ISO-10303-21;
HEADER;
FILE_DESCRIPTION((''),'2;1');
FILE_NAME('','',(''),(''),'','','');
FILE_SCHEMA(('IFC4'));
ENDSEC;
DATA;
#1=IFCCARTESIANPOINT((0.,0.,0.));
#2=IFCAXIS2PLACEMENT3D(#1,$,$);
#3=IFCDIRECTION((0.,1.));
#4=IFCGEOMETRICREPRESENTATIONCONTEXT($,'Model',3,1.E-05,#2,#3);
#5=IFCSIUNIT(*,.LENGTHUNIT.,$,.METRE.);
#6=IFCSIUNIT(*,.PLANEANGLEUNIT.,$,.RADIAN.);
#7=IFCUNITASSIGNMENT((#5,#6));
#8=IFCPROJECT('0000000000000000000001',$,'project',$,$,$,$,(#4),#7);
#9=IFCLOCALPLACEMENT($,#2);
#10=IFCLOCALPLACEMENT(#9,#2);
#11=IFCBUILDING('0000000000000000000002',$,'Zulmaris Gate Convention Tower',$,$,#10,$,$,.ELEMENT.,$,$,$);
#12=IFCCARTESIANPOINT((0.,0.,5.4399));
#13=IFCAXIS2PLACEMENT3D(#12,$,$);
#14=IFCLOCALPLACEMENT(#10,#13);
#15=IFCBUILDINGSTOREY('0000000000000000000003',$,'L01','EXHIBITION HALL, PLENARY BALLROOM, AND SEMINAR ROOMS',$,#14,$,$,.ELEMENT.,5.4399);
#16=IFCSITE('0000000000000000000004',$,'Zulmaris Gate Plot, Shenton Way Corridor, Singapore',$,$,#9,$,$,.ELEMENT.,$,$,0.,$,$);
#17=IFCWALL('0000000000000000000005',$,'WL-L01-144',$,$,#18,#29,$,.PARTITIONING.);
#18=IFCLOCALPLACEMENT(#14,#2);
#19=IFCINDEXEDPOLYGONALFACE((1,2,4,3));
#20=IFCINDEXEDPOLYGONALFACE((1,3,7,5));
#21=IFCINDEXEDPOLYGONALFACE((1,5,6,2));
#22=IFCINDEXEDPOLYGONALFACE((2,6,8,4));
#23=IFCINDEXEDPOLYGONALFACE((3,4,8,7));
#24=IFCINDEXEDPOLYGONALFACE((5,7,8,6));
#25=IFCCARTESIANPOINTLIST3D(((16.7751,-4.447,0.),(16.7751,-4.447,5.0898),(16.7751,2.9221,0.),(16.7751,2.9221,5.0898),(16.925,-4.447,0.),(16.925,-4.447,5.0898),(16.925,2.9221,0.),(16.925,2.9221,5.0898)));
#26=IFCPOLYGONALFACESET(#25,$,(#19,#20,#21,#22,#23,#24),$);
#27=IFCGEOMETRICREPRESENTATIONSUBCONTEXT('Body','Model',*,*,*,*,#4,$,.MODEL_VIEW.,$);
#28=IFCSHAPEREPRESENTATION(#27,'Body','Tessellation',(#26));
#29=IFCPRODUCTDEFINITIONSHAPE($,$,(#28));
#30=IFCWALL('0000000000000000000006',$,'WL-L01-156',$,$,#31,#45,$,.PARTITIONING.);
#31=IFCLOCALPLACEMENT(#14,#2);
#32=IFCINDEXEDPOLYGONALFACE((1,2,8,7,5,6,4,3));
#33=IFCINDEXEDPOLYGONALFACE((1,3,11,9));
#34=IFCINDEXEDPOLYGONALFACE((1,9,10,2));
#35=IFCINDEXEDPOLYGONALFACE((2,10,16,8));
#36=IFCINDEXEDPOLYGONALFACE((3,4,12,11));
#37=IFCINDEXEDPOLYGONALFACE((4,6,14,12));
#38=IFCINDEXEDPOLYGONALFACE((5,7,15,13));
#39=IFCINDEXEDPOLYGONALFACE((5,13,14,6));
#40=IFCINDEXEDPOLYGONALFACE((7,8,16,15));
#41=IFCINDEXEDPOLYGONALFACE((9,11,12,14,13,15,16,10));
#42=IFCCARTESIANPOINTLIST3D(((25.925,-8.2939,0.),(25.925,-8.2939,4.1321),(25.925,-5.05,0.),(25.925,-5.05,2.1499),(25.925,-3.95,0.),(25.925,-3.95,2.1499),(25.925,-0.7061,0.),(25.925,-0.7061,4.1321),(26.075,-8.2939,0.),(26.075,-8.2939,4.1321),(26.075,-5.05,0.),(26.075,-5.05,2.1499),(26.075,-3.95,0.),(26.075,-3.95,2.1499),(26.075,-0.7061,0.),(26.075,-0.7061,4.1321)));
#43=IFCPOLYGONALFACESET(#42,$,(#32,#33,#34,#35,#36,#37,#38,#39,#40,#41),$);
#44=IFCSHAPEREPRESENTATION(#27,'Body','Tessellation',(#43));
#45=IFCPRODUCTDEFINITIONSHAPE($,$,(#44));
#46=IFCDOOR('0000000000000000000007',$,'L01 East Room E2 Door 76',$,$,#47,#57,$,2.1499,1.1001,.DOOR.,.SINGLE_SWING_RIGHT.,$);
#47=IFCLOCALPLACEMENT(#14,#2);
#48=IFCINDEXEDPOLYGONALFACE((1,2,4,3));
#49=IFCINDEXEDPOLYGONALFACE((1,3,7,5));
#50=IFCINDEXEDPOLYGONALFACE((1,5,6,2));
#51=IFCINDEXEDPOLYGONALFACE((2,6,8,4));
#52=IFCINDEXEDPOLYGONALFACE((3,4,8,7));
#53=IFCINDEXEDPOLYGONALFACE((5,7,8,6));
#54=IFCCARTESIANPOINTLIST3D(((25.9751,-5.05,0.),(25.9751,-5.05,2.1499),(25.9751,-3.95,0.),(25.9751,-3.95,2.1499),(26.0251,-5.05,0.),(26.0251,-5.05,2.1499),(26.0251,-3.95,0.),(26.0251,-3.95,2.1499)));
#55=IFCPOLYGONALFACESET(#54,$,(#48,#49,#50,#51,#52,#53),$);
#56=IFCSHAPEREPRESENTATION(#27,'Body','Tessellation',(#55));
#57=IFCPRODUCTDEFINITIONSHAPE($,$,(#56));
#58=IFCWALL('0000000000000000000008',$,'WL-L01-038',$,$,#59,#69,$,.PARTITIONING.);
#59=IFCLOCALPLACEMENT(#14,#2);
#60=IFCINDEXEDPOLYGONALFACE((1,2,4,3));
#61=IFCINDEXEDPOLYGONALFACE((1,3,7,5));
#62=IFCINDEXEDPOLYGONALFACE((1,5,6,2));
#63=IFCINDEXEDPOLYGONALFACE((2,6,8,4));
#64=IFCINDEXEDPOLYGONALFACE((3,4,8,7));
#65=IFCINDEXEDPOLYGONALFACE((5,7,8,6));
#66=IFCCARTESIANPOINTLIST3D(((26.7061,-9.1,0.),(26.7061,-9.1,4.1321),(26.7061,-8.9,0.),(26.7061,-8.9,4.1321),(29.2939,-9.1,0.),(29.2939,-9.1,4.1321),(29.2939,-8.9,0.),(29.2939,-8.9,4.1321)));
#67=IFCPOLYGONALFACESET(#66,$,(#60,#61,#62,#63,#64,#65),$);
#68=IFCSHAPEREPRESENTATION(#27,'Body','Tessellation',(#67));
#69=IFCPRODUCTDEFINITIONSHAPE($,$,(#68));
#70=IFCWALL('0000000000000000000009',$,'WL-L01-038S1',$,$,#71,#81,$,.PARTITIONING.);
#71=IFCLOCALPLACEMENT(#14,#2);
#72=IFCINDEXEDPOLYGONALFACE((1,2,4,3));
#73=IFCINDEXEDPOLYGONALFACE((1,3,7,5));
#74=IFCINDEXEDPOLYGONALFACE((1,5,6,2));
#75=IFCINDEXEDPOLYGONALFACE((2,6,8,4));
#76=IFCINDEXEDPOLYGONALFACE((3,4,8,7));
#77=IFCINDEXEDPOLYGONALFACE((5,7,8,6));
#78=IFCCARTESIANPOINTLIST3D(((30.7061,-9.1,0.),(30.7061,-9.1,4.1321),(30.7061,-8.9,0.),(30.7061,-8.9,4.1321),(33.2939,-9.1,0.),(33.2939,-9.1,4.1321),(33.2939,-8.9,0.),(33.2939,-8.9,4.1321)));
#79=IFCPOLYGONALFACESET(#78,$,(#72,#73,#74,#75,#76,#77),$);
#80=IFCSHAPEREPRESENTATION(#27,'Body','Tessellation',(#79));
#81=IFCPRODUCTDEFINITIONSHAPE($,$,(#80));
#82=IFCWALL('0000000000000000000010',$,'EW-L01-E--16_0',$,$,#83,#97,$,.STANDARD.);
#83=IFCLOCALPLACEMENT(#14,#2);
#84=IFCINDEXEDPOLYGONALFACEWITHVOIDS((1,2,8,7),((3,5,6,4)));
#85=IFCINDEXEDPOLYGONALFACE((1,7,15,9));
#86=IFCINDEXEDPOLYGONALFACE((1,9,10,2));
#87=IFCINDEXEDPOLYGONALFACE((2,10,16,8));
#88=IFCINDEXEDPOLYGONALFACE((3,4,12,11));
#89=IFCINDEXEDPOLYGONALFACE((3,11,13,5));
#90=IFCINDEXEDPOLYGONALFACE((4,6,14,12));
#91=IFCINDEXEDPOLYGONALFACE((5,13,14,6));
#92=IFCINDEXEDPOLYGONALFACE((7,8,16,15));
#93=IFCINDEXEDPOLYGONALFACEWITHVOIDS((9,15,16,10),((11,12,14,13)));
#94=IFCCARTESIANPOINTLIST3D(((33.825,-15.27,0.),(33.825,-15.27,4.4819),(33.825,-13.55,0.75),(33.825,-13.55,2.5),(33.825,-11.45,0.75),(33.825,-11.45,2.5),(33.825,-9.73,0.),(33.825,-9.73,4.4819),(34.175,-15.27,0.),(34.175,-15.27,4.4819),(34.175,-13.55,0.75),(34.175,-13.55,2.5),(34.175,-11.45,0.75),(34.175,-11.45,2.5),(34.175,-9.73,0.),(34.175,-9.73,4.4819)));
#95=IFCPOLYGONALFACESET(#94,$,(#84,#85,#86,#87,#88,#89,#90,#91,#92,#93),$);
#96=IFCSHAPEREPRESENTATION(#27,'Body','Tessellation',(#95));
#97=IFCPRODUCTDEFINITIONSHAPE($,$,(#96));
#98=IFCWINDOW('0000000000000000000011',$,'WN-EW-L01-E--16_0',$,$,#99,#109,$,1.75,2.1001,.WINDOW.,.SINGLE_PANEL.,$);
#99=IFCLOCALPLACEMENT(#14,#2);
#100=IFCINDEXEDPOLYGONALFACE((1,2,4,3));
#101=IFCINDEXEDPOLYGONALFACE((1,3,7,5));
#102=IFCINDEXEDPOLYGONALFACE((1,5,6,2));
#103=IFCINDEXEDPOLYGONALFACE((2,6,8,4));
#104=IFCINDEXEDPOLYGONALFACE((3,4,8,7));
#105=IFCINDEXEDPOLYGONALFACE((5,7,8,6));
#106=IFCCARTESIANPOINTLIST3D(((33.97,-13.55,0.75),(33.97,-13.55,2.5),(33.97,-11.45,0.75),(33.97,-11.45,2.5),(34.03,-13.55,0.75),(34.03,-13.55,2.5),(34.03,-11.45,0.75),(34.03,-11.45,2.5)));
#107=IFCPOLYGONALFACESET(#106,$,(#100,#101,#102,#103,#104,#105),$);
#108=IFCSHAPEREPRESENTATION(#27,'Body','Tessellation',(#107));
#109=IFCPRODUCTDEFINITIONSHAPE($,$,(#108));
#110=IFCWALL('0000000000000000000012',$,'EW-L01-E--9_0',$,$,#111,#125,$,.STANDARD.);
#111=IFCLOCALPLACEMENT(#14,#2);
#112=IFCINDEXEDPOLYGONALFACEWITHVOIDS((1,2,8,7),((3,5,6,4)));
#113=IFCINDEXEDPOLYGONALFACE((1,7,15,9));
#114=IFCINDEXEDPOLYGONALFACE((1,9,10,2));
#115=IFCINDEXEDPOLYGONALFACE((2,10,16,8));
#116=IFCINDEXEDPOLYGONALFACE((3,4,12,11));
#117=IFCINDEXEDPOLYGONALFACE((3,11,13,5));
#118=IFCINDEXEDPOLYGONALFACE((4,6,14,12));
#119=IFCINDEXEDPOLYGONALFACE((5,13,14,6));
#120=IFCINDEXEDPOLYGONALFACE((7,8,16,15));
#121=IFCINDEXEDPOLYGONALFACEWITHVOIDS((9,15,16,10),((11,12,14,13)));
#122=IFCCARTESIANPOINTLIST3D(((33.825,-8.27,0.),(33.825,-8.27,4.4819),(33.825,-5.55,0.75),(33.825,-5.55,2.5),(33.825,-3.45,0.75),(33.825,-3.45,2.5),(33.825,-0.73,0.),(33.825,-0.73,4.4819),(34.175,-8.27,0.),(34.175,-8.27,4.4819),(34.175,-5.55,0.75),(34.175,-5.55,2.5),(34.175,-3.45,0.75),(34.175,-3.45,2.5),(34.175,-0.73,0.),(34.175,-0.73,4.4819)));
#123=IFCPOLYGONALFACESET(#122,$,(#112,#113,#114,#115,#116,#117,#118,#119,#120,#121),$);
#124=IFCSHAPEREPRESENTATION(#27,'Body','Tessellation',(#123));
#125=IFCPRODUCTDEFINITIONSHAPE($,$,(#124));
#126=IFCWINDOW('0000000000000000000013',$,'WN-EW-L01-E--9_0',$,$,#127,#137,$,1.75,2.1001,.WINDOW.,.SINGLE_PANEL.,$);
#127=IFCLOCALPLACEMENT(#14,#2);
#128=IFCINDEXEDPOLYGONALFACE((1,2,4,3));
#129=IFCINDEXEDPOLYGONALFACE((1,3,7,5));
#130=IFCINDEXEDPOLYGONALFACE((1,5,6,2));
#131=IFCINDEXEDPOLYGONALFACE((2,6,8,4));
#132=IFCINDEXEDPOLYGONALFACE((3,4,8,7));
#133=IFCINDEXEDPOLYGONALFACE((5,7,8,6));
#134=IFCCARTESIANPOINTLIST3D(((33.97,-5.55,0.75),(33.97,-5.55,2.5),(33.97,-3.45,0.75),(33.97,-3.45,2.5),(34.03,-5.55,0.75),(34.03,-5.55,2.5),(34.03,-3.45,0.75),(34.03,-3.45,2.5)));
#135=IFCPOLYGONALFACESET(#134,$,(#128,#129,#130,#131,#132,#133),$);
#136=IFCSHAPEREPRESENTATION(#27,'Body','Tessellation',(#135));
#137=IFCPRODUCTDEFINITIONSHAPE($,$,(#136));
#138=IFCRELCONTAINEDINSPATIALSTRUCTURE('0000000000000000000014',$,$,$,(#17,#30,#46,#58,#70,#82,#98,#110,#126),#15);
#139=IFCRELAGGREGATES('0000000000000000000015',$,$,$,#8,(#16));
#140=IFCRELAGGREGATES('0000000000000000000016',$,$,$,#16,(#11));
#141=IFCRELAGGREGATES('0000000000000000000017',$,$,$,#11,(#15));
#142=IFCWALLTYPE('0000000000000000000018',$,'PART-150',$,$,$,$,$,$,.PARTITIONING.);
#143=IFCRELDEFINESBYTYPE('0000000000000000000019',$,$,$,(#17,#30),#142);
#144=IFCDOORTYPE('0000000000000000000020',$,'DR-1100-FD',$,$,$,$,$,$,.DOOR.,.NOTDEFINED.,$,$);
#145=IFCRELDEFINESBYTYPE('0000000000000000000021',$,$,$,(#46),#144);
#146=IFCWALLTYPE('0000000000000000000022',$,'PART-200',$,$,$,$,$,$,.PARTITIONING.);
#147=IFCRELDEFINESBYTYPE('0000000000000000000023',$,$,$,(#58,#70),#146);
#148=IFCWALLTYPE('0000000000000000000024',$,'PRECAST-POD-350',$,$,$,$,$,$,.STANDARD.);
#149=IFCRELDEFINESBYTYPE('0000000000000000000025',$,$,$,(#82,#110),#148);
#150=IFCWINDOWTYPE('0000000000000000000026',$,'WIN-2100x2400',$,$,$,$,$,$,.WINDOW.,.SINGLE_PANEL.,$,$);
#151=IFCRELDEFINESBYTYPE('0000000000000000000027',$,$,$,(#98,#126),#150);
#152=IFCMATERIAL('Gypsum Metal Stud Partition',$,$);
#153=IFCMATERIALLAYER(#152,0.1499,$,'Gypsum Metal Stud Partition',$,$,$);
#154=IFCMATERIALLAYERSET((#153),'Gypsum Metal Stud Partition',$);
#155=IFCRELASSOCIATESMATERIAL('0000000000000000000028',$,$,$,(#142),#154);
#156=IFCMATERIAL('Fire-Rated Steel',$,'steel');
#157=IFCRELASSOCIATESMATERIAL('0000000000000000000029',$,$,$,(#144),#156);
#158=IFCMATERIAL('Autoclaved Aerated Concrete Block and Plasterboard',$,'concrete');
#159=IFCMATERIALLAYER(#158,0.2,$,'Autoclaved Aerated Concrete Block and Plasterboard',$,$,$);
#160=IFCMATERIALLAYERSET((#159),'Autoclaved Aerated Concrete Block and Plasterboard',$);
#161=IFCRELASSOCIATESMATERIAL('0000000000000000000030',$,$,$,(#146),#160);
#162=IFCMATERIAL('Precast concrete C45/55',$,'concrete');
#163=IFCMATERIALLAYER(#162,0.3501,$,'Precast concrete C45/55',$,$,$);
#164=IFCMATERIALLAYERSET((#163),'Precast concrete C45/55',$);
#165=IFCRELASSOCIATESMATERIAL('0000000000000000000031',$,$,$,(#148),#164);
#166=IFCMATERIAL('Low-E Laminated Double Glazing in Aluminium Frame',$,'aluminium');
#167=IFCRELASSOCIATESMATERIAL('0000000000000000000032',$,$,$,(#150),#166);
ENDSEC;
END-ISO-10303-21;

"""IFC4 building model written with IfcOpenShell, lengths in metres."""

from ifc_helpers import new_model, si_unit, direction, frame, frame_2d, origin, place, context, subcontext, project, spatial, rectangle, extrude, material, layer, layer_set, type_object, element, fill, save


model = new_model("IFC4")

# Units and contexts
model_context = context("Model", 3, precision=1e-05, world=origin(), true_north=direction((0.0, 1.0)))
body_context = subcontext(model_context, "Body", "Model", "MODEL_VIEW")
ifc_project = project(units=[si_unit("LENGTHUNIT", "METRE"), si_unit("PLANEANGLEUNIT", "RADIAN")], contexts=[model_context])

# Site, building, storey
site_placement = place(None, origin())
site = spatial("IfcSite", under=ifc_project, at=site_placement, Name="Zulmaris Gate Plot, Shenton Way Corridor, Singapore", CompositionType="ELEMENT", RefElevation=0.0)
building_placement = place(site_placement, origin())
building = spatial("IfcBuilding", under=site, at=building_placement, Name="Zulmaris Gate Convention Tower", CompositionType="ELEMENT")
storey_placement = place(building_placement, frame((0.0, 0.0, 5.4399)))
storey = spatial("IfcBuildingStorey", under=building, at=storey_placement, Name="L01", Description="EXHIBITION HALL, PLENARY BALLROOM, AND SEMINAR ROOMS", CompositionType="ELEMENT", Elevation=5.4399)

# Wall
ifc_material_1 = material(Name="Gypsum Metal Stud Partition")
ifc_layer_1 = layer(ifc_material_1, 0.1499, Name="Gypsum Metal Stud Partition")
ifc_layer_set_1 = layer_set([ifc_layer_1], Name="Gypsum Metal Stud Partition")
wall_type_1 = type_object("IfcWallType", Name="PART-150", PredefinedType="PARTITIONING", material=ifc_layer_set_1)
wall_1_placement = place(storey_placement, frame((16.8501, -4.447, 0.0), z_axis=(0.0, 0.0, 1.0), x_axis=(0.0, 1.0, 0.0)))
element("IfcWall", 1, at=wall_1_placement, inside=storey, type_object=wall_type_1, Name="WL-L01-144", PredefinedType="PARTITIONING", context=body_context, shape_type="SweptSolid", body=[
    extrude(rectangle(XDim=7.3691, YDim=0.1499, at=frame_2d((3.6846, 0.0))), origin(), (0.0, 0.0, 1.0), 5.0898),
])

# Wall, opening, door
wall_2_placement = place(storey_placement, frame((26.0, -8.2939, 0.0), z_axis=(0.0, 0.0, 1.0), x_axis=(0.0, 1.0, 0.0)))
wall_2 = element("IfcWall", 2, at=wall_2_placement, inside=storey, type_object=wall_type_1, Name="WL-L01-156", PredefinedType="PARTITIONING", context=body_context, shape_type="SweptSolid", body=[
    extrude(rectangle(XDim=7.5879, YDim=0.1499, at=frame_2d((3.7939, 0.0))), origin(), (0.0, 0.0, 1.0), 4.1321),
])
opening_1_placement = place(wall_2_placement, frame((3.2439, 0.0, 0.0)))
opening_1 = element("IfcOpeningElement", 3, at=opening_1_placement, cuts=wall_2, PredefinedType="OPENING", context=body_context, shape_type="SweptSolid", body=[
    extrude(rectangle(XDim=1.1001, YDim=2.1499, at=frame_2d((0.55, 1.075))), frame((0.0, 0.085, 0.0), z_axis=(0.0, -1.0, 0.0), x_axis=(1.0, 0.0, 0.0)), (0.0, 0.0, 1.0), 0.1699),
])
ifc_material_2 = material(Name="Fire-Rated Steel", Category="steel")
door_type = type_object("IfcDoorType", Name="DR-1100-FD", OperationType="NOTDEFINED", PredefinedType="DOOR", material=ifc_material_2)
door_placement = place(opening_1_placement, origin())
door = element("IfcDoor", 4, at=door_placement, inside=storey, type_object=door_type, Name="L01 East Room E2 Door 76", OperationType="SINGLE_SWING_RIGHT", OverallHeight=2.1499, OverallWidth=1.1001, PredefinedType="DOOR", context=body_context, shape_type="SweptSolid", body=[
    extrude(rectangle(XDim=1.1001, YDim=2.1499, at=frame_2d((0.55, 1.075))), frame((0.0, 0.0249, 0.0), z_axis=(0.0, -1.0, 0.0), x_axis=(1.0, 0.0, 0.0)), (0.0, 0.0, 1.0), 0.05),
])
fill(opening_1, door)

# Walls
ifc_material_3 = material(Name="Autoclaved Aerated Concrete Block and Plasterboard", Category="concrete")
ifc_layer_2 = layer(ifc_material_3, 0.2, Name="Autoclaved Aerated Concrete Block and Plasterboard")
ifc_layer_set_2 = layer_set([ifc_layer_2], Name="Autoclaved Aerated Concrete Block and Plasterboard")
wall_type_2 = type_object("IfcWallType", Name="PART-200", PredefinedType="PARTITIONING", material=ifc_layer_set_2)
for number, where, z_axis, x_axis, name in (
    (5, (26.7061, -9.0, 0.0), (0.0, 0.0, 1.0), (1.0, 0.0, 0.0), "WL-L01-038"),
    (6, (30.7061, -9.0, 0.0), (0.0, 0.0, 1.0), (1.0, 0.0, 0.0), "WL-L01-038S1"),
):
    element("IfcWall", number, at=place(storey_placement, frame(where, z_axis=z_axis, x_axis=x_axis)), inside=storey, type_object=wall_type_2, Name=name, PredefinedType="PARTITIONING", context=body_context, shape_type="SweptSolid", body=[
        extrude(rectangle(XDim=2.5879, YDim=0.2, at=frame_2d((1.2939, 0.0))), origin(), (0.0, 0.0, 1.0), 4.1321),
    ])

# Walls, openings, windows
ifc_material_4 = material(Name="Precast concrete C45/55", Category="concrete")
ifc_layer_3 = layer(ifc_material_4, 0.3501, Name="Precast concrete C45/55")
ifc_layer_set_3 = layer_set([ifc_layer_3], Name="Precast concrete C45/55")
wall_type_3 = type_object("IfcWallType", Name="PRECAST-POD-350", PredefinedType="STANDARD", material=ifc_layer_set_3)
wall_3_placement = place(storey_placement, frame((34.0, -9.73, 0.0), z_axis=(0.0, 0.0, 1.0), x_axis=(0.0, -1.0, 0.0)))
wall_3 = element("IfcWall", 7, at=wall_3_placement, inside=storey, type_object=wall_type_3, Name="EW-L01-E--16_0", PredefinedType="STANDARD", context=body_context, shape_type="SweptSolid", body=[
    extrude(rectangle(XDim=5.54, YDim=0.3501, at=frame_2d((2.77, 0.0))), origin(), (0.0, 0.0, 1.0), 4.4819),
])
opening_2_placement = place(wall_3_placement, frame((1.72, 0.0, 0.75)))
opening_2 = element("IfcOpeningElement", 8, at=opening_2_placement, cuts=wall_3, PredefinedType="OPENING", context=body_context, shape_type="SweptSolid", body=[
    extrude(rectangle(XDim=2.1001, YDim=1.75, at=frame_2d((1.05, 0.875))), frame((0.0, 0.1851, 0.0), z_axis=(0.0, -1.0, 0.0), x_axis=(1.0, 0.0, 0.0)), (0.0, 0.0, 1.0), 0.3701),
])
ifc_material_5 = material(Name="Low-E Laminated Double Glazing in Aluminium Frame", Category="aluminium")
window_type = type_object("IfcWindowType", Name="WIN-2100x2400", PartitioningType="SINGLE_PANEL", PredefinedType="WINDOW", material=ifc_material_5)
window_1_placement = place(opening_2_placement, origin())
window_1 = element("IfcWindow", 9, at=window_1_placement, inside=storey, type_object=window_type, Name="WN-EW-L01-E--16_0", OverallHeight=1.75, OverallWidth=2.1001, PartitioningType="SINGLE_PANEL", PredefinedType="WINDOW", context=body_context, shape_type="SweptSolid", body=[
    extrude(rectangle(XDim=2.1001, YDim=1.75, at=frame_2d((1.05, 0.875))), frame((0.0, 0.03, 0.0), z_axis=(0.0, -1.0, 0.0), x_axis=(1.0, 0.0, 0.0)), (0.0, 0.0, 1.0), 0.0601),
])
fill(opening_2, window_1)
wall_4_placement = place(storey_placement, frame((34.0, -0.73, 0.0), z_axis=(0.0, 0.0, 1.0), x_axis=(0.0, -1.0, 0.0)))
wall_4 = element("IfcWall", 10, at=wall_4_placement, inside=storey, type_object=wall_type_3, Name="EW-L01-E--9_0", PredefinedType="STANDARD", context=body_context, shape_type="SweptSolid", body=[
    extrude(rectangle(XDim=7.54, YDim=0.3501, at=frame_2d((3.77, 0.0))), origin(), (0.0, 0.0, 1.0), 4.4819),
])
opening_3_placement = place(wall_4_placement, frame((2.72, 0.0, 0.75)))
opening_3 = element("IfcOpeningElement", 11, at=opening_3_placement, cuts=wall_4, PredefinedType="OPENING", context=body_context, shape_type="SweptSolid", body=[
    extrude(rectangle(XDim=2.1001, YDim=1.75, at=frame_2d((1.05, 0.875))), frame((0.0, 0.1851, 0.0), z_axis=(0.0, -1.0, 0.0), x_axis=(1.0, 0.0, 0.0)), (0.0, 0.0, 1.0), 0.3701),
])
window_2_placement = place(opening_3_placement, origin())
window_2 = element("IfcWindow", 12, at=window_2_placement, inside=storey, type_object=window_type, Name="WN-EW-L01-E--9_0", OverallHeight=1.75, OverallWidth=2.1001, PartitioningType="SINGLE_PANEL", PredefinedType="WINDOW", context=body_context, shape_type="SweptSolid", body=[
    extrude(rectangle(XDim=2.1001, YDim=1.75, at=frame_2d((1.05, 0.875))), frame((0.0, 0.03, 0.0), z_axis=(0.0, -1.0, 0.0), x_axis=(1.0, 0.0, 0.0)), (0.0, 0.0, 1.0), 0.0601),
])
fill(opening_3, window_2)

save(model, "model.ifc")
